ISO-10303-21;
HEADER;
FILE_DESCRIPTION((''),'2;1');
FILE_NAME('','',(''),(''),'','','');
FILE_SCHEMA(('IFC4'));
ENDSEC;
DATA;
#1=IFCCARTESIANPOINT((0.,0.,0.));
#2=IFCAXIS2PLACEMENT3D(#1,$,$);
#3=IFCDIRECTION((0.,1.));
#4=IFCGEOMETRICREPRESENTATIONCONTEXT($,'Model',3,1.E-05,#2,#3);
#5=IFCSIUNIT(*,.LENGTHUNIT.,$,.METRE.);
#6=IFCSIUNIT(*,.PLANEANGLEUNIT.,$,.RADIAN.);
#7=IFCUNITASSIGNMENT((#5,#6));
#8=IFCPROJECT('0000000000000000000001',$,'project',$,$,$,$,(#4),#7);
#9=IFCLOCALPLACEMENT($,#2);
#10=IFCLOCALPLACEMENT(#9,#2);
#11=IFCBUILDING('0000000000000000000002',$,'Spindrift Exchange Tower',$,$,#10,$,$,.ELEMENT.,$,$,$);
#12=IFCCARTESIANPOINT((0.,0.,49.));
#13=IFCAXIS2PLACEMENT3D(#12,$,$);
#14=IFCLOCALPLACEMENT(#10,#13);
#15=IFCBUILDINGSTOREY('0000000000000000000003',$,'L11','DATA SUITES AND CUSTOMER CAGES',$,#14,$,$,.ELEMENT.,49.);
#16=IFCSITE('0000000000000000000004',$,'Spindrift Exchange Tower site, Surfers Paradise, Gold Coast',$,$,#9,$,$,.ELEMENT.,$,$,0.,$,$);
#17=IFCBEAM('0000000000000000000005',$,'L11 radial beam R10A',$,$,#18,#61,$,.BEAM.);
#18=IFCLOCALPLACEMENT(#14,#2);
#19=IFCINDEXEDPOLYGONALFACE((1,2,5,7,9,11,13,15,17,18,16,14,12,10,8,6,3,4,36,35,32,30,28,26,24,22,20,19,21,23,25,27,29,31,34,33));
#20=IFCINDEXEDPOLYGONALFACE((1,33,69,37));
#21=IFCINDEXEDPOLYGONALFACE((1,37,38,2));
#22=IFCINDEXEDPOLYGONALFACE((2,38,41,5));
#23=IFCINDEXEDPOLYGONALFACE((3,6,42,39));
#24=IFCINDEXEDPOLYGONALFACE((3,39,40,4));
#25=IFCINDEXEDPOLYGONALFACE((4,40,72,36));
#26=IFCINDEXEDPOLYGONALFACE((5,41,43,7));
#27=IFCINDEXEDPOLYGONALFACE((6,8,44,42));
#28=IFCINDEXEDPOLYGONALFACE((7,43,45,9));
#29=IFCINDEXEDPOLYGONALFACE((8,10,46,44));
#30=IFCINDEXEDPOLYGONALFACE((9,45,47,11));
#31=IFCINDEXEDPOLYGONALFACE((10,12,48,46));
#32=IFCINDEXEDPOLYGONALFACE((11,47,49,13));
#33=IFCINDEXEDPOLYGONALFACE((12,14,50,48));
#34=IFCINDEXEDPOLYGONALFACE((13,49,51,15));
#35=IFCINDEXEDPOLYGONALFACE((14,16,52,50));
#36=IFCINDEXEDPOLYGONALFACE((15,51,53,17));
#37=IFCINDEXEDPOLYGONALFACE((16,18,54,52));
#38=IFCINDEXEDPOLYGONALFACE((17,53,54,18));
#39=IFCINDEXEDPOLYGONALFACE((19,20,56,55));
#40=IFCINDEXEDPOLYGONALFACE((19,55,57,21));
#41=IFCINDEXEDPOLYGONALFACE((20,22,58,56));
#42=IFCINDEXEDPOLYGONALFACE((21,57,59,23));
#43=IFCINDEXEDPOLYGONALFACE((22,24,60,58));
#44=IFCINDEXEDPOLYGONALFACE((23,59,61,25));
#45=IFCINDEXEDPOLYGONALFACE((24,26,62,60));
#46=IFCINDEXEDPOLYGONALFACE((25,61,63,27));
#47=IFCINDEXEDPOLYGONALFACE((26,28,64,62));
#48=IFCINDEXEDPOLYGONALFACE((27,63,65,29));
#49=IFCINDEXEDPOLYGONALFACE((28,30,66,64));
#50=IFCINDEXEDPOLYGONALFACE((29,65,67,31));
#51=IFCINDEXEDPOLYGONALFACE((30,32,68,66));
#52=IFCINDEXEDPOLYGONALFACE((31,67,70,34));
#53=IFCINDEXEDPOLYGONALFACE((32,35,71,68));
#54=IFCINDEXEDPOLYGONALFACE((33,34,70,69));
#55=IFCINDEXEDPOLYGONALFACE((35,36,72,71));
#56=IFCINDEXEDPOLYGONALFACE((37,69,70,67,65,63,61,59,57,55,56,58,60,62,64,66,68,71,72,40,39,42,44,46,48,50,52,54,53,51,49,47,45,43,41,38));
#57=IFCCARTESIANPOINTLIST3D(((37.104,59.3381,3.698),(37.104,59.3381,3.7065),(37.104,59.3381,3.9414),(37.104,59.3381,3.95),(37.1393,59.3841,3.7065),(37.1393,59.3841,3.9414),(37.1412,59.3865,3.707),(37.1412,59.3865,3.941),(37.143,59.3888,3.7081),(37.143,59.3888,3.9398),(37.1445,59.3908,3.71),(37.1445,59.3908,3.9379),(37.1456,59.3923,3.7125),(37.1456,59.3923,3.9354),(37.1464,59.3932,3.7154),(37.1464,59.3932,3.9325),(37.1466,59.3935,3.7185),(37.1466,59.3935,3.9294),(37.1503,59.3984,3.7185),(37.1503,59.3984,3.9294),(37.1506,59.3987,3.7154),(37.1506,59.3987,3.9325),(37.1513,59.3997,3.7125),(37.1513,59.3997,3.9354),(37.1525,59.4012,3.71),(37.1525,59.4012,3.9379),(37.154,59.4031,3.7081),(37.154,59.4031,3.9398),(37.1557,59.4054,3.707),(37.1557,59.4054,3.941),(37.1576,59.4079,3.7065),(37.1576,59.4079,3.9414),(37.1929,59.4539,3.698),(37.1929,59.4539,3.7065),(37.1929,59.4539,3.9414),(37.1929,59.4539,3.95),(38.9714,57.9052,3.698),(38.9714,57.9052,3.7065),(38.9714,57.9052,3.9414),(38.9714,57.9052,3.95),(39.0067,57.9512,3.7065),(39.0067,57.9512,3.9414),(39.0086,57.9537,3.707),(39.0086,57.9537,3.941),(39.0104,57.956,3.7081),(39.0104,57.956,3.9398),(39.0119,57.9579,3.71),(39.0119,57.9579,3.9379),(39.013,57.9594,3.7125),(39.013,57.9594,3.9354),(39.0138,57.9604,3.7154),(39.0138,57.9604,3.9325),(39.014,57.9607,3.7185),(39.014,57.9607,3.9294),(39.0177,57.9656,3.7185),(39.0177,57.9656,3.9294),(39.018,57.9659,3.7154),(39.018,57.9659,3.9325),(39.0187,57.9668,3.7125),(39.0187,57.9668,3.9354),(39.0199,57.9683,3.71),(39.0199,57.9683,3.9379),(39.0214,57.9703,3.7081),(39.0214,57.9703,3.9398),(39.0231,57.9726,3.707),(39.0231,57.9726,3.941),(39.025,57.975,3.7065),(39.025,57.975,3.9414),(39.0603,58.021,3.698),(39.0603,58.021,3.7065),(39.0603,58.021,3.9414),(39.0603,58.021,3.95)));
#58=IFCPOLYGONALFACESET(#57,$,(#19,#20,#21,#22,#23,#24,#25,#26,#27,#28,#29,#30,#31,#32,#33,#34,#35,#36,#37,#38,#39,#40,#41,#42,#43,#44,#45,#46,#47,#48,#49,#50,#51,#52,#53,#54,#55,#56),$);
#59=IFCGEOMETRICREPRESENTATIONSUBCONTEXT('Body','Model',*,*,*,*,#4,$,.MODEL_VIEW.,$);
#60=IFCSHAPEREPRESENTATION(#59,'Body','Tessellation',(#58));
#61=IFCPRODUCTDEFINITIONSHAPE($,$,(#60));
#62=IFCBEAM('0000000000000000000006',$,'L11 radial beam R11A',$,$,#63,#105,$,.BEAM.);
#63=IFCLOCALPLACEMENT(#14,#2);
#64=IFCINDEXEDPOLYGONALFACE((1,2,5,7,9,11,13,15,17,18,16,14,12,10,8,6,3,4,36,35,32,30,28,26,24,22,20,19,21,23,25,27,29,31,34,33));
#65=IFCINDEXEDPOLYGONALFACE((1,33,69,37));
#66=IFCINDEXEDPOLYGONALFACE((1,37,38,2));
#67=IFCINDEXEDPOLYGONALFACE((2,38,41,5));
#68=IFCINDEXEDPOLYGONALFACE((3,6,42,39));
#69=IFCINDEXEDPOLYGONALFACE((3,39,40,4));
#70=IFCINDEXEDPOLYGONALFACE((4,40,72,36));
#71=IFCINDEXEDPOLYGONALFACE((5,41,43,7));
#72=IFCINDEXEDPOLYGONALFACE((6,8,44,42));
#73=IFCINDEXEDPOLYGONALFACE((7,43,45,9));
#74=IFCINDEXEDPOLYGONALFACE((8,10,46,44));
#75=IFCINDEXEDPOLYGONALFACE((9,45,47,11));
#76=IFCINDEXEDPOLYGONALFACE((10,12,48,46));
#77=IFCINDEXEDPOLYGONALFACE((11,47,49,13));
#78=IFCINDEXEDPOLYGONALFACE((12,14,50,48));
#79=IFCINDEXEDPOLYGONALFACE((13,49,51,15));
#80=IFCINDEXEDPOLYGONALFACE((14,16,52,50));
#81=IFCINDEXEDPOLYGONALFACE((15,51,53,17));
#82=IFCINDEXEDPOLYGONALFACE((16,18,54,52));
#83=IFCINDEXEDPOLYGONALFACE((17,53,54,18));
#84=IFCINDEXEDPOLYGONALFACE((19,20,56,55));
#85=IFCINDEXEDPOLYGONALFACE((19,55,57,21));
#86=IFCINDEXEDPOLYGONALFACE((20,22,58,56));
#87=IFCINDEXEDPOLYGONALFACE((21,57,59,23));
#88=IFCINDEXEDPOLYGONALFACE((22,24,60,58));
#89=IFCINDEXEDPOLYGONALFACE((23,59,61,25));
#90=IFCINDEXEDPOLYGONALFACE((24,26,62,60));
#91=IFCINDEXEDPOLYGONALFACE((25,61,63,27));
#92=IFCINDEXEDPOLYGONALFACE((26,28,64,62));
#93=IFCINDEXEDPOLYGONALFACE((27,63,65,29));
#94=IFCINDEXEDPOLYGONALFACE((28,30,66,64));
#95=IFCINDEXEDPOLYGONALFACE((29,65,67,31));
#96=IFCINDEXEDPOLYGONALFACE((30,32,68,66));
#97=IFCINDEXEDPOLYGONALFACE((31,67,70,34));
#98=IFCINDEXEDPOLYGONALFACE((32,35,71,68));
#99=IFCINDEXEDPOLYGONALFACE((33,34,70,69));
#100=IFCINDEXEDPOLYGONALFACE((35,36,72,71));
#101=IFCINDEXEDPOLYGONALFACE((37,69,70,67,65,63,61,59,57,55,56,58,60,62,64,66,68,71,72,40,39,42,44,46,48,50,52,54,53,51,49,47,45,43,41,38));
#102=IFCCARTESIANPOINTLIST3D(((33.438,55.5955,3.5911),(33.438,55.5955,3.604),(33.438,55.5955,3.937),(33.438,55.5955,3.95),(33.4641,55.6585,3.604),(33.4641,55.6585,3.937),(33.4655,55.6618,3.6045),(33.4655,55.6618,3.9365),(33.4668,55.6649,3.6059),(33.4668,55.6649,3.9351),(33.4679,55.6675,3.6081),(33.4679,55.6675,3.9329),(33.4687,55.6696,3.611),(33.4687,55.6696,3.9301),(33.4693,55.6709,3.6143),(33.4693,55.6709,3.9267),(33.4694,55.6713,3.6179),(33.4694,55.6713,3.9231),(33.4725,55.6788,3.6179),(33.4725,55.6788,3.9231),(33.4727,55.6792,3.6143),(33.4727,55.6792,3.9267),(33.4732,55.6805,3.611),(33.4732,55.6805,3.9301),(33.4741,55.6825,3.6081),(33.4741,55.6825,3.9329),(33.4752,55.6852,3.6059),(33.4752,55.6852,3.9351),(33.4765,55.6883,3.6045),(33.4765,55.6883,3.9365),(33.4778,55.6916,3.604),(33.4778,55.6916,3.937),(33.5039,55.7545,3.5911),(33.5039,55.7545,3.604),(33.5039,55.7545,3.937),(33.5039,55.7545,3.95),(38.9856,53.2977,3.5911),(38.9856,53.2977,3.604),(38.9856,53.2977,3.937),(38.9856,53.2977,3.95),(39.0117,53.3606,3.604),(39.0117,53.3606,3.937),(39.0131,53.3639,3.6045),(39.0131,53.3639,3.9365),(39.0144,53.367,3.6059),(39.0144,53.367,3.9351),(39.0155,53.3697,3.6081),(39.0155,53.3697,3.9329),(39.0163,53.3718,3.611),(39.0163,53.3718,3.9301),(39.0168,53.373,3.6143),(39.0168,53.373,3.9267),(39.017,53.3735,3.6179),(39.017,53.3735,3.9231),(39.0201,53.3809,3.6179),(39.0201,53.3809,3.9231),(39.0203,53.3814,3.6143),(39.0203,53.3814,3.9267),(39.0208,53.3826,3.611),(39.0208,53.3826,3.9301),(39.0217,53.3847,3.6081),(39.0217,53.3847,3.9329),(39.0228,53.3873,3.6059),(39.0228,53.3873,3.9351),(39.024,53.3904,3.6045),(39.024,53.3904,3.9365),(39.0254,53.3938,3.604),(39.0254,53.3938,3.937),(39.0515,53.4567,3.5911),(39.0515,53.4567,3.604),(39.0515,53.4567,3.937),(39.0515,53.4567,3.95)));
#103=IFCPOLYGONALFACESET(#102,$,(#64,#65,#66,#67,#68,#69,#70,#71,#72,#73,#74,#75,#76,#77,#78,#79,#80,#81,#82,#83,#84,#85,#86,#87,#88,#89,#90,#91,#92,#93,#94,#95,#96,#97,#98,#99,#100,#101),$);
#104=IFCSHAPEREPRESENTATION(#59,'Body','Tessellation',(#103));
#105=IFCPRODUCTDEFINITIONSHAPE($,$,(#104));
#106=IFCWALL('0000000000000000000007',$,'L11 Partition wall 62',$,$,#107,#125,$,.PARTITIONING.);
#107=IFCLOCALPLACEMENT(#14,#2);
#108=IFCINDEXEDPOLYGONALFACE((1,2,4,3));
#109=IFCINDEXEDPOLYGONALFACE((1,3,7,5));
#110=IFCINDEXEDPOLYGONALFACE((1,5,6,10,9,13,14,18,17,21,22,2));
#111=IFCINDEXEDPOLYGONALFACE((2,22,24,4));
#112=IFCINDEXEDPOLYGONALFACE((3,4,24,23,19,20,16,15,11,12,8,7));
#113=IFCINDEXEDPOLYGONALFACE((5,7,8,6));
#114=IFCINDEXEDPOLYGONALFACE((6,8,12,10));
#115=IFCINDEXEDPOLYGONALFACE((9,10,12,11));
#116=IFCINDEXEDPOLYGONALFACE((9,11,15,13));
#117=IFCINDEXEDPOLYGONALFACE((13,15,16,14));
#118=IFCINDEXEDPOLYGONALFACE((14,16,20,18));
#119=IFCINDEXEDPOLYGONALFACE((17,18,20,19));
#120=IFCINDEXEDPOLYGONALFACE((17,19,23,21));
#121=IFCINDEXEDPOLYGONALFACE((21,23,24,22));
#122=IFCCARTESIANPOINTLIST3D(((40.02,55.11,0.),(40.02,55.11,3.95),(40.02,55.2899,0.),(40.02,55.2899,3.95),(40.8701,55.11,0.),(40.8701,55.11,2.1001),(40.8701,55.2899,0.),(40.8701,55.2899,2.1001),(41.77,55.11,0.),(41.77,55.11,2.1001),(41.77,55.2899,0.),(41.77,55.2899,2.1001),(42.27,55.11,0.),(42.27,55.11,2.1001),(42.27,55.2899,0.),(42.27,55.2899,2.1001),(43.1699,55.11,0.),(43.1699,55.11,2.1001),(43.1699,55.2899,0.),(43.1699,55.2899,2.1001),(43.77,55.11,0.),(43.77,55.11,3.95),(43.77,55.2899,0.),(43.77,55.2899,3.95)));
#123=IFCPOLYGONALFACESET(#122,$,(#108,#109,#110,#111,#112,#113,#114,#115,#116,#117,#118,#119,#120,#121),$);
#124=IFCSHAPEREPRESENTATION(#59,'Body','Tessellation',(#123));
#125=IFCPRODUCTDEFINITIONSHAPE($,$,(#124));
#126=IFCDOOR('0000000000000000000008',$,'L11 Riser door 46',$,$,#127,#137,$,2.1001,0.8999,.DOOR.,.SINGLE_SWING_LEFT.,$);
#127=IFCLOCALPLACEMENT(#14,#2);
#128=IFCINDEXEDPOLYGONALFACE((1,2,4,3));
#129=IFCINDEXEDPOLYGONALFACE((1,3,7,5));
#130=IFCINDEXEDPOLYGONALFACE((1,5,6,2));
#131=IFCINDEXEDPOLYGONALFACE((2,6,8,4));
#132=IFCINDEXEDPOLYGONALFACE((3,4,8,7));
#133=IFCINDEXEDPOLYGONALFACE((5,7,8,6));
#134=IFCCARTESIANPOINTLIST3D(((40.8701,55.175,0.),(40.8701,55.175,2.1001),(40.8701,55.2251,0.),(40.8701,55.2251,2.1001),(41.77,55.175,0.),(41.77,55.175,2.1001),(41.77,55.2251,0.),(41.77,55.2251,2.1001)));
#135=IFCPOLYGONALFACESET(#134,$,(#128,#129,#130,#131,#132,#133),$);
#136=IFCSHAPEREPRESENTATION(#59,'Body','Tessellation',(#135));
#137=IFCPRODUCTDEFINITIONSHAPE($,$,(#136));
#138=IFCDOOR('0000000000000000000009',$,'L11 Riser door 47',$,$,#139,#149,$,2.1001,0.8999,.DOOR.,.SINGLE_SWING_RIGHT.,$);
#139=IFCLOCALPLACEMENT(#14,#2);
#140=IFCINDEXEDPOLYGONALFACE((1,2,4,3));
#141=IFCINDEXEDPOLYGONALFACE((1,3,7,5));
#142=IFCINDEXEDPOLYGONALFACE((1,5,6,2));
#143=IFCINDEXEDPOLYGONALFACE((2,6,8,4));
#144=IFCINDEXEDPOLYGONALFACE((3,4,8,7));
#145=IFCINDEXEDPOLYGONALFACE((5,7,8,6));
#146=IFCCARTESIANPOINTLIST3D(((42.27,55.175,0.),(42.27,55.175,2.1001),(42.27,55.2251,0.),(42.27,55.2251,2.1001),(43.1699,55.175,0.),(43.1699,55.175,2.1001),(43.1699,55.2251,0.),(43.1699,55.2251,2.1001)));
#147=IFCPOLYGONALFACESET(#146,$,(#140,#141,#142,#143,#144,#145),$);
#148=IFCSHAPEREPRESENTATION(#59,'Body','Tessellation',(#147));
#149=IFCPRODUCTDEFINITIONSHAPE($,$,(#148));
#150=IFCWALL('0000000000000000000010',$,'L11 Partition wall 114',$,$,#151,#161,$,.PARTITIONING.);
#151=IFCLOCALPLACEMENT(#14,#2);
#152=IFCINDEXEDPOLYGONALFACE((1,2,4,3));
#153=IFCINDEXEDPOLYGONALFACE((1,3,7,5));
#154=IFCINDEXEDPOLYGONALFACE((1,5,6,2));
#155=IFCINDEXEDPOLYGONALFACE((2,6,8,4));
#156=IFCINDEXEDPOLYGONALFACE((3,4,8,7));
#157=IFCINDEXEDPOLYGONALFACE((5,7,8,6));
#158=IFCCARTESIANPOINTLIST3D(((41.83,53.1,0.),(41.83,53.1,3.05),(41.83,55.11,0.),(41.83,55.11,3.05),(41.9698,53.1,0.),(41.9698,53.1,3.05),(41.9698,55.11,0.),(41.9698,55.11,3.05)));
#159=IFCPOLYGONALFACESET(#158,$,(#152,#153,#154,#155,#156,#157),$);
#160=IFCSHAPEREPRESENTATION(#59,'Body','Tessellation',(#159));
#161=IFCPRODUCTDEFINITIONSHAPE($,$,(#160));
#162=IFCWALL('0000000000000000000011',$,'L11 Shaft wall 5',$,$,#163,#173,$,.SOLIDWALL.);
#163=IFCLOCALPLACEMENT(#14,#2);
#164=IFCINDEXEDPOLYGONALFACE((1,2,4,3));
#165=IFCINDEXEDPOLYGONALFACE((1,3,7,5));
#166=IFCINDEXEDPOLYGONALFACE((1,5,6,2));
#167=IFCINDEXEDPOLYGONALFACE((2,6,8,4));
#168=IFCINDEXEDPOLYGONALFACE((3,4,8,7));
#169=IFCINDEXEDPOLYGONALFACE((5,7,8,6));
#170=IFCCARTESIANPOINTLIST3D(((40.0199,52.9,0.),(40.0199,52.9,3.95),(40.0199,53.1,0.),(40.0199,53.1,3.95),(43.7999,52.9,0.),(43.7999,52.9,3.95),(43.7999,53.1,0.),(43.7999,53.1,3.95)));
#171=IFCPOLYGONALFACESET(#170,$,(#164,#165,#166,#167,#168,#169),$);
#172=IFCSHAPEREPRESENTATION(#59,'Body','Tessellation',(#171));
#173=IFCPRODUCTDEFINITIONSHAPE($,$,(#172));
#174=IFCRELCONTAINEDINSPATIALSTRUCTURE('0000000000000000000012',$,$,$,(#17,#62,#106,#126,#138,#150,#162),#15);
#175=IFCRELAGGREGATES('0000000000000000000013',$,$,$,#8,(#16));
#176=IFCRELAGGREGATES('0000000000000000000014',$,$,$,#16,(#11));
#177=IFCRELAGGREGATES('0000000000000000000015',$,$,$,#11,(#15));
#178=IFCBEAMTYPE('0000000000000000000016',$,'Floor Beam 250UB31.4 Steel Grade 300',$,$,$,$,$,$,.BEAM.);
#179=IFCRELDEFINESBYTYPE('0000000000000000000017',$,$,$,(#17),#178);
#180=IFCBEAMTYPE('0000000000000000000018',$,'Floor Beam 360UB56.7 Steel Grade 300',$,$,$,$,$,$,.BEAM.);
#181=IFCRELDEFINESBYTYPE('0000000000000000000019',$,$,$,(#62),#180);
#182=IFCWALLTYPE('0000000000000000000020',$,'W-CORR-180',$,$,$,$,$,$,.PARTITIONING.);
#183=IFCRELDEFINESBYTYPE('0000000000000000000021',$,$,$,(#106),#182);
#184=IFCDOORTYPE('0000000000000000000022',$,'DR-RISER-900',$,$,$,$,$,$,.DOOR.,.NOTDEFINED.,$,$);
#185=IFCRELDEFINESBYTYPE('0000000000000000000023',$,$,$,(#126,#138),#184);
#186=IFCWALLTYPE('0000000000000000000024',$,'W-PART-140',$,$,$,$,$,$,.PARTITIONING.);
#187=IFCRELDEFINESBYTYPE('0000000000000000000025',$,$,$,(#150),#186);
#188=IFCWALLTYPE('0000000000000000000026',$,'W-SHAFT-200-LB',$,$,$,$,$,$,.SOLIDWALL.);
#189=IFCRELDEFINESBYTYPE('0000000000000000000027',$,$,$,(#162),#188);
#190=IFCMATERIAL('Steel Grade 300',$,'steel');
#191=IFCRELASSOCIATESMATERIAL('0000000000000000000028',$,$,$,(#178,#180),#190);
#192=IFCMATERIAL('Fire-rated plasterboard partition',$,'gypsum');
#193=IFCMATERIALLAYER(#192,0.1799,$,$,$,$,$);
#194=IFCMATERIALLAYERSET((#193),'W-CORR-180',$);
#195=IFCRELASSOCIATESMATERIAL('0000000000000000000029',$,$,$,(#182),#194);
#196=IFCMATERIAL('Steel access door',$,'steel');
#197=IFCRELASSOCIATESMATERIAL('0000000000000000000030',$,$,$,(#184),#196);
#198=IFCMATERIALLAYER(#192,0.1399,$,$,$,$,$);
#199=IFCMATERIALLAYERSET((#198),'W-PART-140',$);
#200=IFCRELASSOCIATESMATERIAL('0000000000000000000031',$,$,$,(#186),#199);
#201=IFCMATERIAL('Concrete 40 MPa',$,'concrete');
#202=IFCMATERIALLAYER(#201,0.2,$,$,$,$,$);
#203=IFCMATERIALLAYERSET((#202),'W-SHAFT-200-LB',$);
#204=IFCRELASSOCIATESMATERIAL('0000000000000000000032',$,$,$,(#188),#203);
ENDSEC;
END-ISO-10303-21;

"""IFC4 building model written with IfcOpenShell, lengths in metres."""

from ifc_helpers import new_model, si_unit, direction, frame, frame_2d, origin, origin_2d, place, context, subcontext, project, spatial, rectangle, i_section, extrude, source, transform, mapped, material, layer, layer_set, material_profile, profile_set, type_object, element, fill, save


model = new_model("IFC4")

# Units and contexts
model_context = context("Model", 3, precision=1e-05, world=origin(), true_north=direction((0.0, 1.0)))
body_context = subcontext(model_context, "Body", "Model", "MODEL_VIEW")
ifc_project = project(units=[si_unit("LENGTHUNIT", "METRE"), si_unit("PLANEANGLEUNIT", "RADIAN")], contexts=[model_context])

# Site, building, storey
site_placement = place(None, origin())
site = spatial("IfcSite", under=ifc_project, at=site_placement, Name="Spindrift Exchange Tower site, Surfers Paradise, Gold Coast", CompositionType="ELEMENT", RefElevation=0.0)
building_placement = place(site_placement, origin())
building = spatial("IfcBuilding", under=site, at=building_placement, Name="Spindrift Exchange Tower", CompositionType="ELEMENT")
storey_placement = place(building_placement, frame((0.0, 0.0, 49.0)))
storey = spatial("IfcBuildingStorey", under=building, at=storey_placement, Name="L11", Description="DATA SUITES AND CUSTOMER CAGES", CompositionType="ELEMENT", Elevation=49.0)

# Beams
ifc_material_1 = material(Name="Steel Grade 300", Category="steel")
ifc_material_profile_1 = material_profile(ifc_material_1, i_section(OverallWidth=0.146, OverallDepth=0.252, WebThickness=0.0061, FlangeThickness=0.0085, FilletRadius=0.012, at=origin_2d()), Name="250UB31.4")
ifc_profile_set_1 = profile_set([ifc_material_profile_1], Name="Steel Grade 300")
beam_type_1 = type_object("IfcBeamType", Name="Floor Beam 250UB31.4 Steel Grade 300", PredefinedType="BEAM", material=ifc_profile_set_1)
shared_shape_1 = source(origin(), body_context, "Body", "SweptSolid", [
    extrude(i_section(OverallWidth=0.146, OverallDepth=0.252, WebThickness=0.0061, FlangeThickness=0.0085, FilletRadius=0.012, at=origin_2d()), origin(), (0.0, 0.0, 1.0), 2.3538),
])
beam_1_placement = place(storey_placement, frame((39.0159, 57.9631, 3.824), z_axis=(-0.793368, 0.608743, 0.0), x_axis=(-0.608743, -0.793368, 0.0)))
element("IfcBeam", 1, at=beam_1_placement, inside=storey, type_object=beam_type_1, Name="L11 radial beam R10A", PredefinedType="BEAM", context=body_context, shape_type="MappedRepresentation", body=[
    mapped(shared_shape_1, transform((0.0, 0.0, 0.0), scale=1.0)),
])
ifc_material_profile_2 = material_profile(ifc_material_1, i_section(OverallWidth=0.1721, OverallDepth=0.3589, WebThickness=0.0081, FlangeThickness=0.0129, FilletRadius=0.0139, at=origin_2d()), Name="360UB56.7")
ifc_profile_set_2 = profile_set([ifc_material_profile_2], Name="Steel Grade 300")
beam_type_2 = type_object("IfcBeamType", Name="Floor Beam 360UB56.7 Steel Grade 300", PredefinedType="BEAM", material=ifc_profile_set_2)
shared_shape_2 = source(origin(), body_context, "Body", "SweptSolid", [
    extrude(i_section(OverallWidth=0.1721, OverallDepth=0.3589, WebThickness=0.0081, FlangeThickness=0.0129, FilletRadius=0.0139, at=origin_2d()), origin(), (0.0, 0.0, 1.0), 6.0046),
])
beam_2_placement = place(storey_placement, frame((39.0186, 53.3772, 3.7705), z_axis=(-0.923882, 0.382677, 0.0), x_axis=(-0.382677, -0.923882, 0.0)))
element("IfcBeam", 2, at=beam_2_placement, inside=storey, type_object=beam_type_2, Name="L11 radial beam R11A", PredefinedType="BEAM", context=body_context, shape_type="MappedRepresentation", body=[
    mapped(shared_shape_2, transform((0.0, 0.0, 0.0), scale=1.0)),
])

# Wall, openings, doors
ifc_material_2 = material(Name="Fire-rated plasterboard partition", Category="gypsum")
ifc_layer_1 = layer(ifc_material_2, 0.1799)
ifc_layer_set_1 = layer_set([ifc_layer_1], Name="W-CORR-180")
wall_type_1 = type_object("IfcWallType", Name="W-CORR-180", PredefinedType="PARTITIONING", material=ifc_layer_set_1)
wall_1_placement = place(storey_placement, frame((43.77, 55.2, 0.0), z_axis=(0.0, 0.0, 1.0), x_axis=(-1.0, 0.0, 0.0)))
wall_1 = element("IfcWall", 3, at=wall_1_placement, inside=storey, type_object=wall_type_1, Name="L11 Partition wall 62", PredefinedType="PARTITIONING", context=body_context, shape_type="SweptSolid", body=[
    extrude(rectangle(XDim=3.75, YDim=0.1799, at=frame_2d((1.875, 0.0))), origin(), (0.0, 0.0, 1.0), 3.95),
])
opening_1_placement = place(wall_1_placement, frame((2.0, 0.0, 0.0)))
opening_1 = element("IfcOpeningElement", 4, at=opening_1_placement, cuts=wall_1, PredefinedType="OPENING", context=body_context, shape_type="SweptSolid", body=[
    extrude(rectangle(XDim=0.8999, YDim=2.1001, at=frame_2d((0.45, 1.05))), frame((0.0, 0.0999, 0.0), z_axis=(0.0, -1.0, 0.0), x_axis=(1.0, 0.0, 0.0)), (0.0, 0.0, 1.0), 0.2),
])
opening_2_placement = place(wall_1_placement, frame((0.6001, 0.0, 0.0)))
opening_2 = element("IfcOpeningElement", 5, at=opening_2_placement, cuts=wall_1, PredefinedType="OPENING", context=body_context, shape_type="SweptSolid", body=[
    extrude(rectangle(XDim=0.8999, YDim=2.1001, at=frame_2d((0.45, 1.05))), frame((0.0, 0.0999, 0.0), z_axis=(0.0, -1.0, 0.0), x_axis=(1.0, 0.0, 0.0)), (0.0, 0.0, 1.0), 0.2),
])
ifc_material_3 = material(Name="Steel access door", Category="steel")
door_type = type_object("IfcDoorType", Name="DR-RISER-900", OperationType="NOTDEFINED", PredefinedType="DOOR", material=ifc_material_3)
shared_shape_3 = source(origin(), body_context, "Body", "SweptSolid", [
    extrude(rectangle(XDim=0.8999, YDim=2.1001, at=frame_2d((0.45, 1.05))), frame((0.0, 0.0249, 0.0), z_axis=(0.0, -1.0, 0.0), x_axis=(1.0, 0.0, 0.0)), (0.0, 0.0, 1.0), 0.05),
])
door_1_placement = place(opening_1_placement, origin())
door_1 = element("IfcDoor", 6, at=door_1_placement, inside=storey, type_object=door_type, Name="L11 Riser door 46", OperationType="SINGLE_SWING_LEFT", OverallHeight=2.1001, OverallWidth=0.8999, PredefinedType="DOOR", context=body_context, shape_type="MappedRepresentation", body=[
    mapped(shared_shape_3, transform((0.0, 0.0, 0.0), scale=1.0)),
])
fill(opening_1, door_1)
door_2_placement = place(opening_2_placement, origin())
door_2 = element("IfcDoor", 7, at=door_2_placement, inside=storey, type_object=door_type, Name="L11 Riser door 47", OperationType="SINGLE_SWING_RIGHT", OverallHeight=2.1001, OverallWidth=0.8999, PredefinedType="DOOR", context=body_context, shape_type="MappedRepresentation", body=[
    mapped(shared_shape_3, transform((0.0, 0.0, 0.0), scale=1.0)),
])
fill(opening_2, door_2)

# Walls
ifc_layer_2 = layer(ifc_material_2, 0.1399)
ifc_layer_set_2 = layer_set([ifc_layer_2], Name="W-PART-140")
wall_type_2 = type_object("IfcWallType", Name="W-PART-140", PredefinedType="PARTITIONING", material=ifc_layer_set_2)
wall_2_placement = place(storey_placement, frame((41.8999, 53.1001, 0.0), z_axis=(0.0, 0.0, 1.0), x_axis=(0.0, 1.0, 0.0)))
element("IfcWall", 8, at=wall_2_placement, inside=storey, type_object=wall_type_2, Name="L11 Partition wall 114", PredefinedType="PARTITIONING", context=body_context, shape_type="SweptSolid", body=[
    extrude(rectangle(XDim=2.01, YDim=0.1399, at=frame_2d((1.0049, 0.0))), origin(), (0.0, 0.0, 1.0), 3.05),
])
ifc_material_4 = material(Name="Concrete 40 MPa", Category="concrete")
ifc_layer_3 = layer(ifc_material_4, 0.2)
ifc_layer_set_3 = layer_set([ifc_layer_3], Name="W-SHAFT-200-LB")
wall_type_3 = type_object("IfcWallType", Name="W-SHAFT-200-LB", PredefinedType="SOLIDWALL", material=ifc_layer_set_3)
wall_3_placement = place(storey_placement, frame((43.8, 53.0, 0.0), z_axis=(0.0, 0.0, 1.0), x_axis=(-1.0, 0.0, 0.0)))
element("IfcWall", 9, at=wall_3_placement, inside=storey, type_object=wall_type_3, Name="L11 Shaft wall 5", PredefinedType="SOLIDWALL", context=body_context, shape_type="SweptSolid", body=[
    extrude(rectangle(XDim=3.78, YDim=0.2, at=frame_2d((1.8901, 0.0))), origin(), (0.0, 0.0, 1.0), 3.95),
])

save(model, "model.ifc")
